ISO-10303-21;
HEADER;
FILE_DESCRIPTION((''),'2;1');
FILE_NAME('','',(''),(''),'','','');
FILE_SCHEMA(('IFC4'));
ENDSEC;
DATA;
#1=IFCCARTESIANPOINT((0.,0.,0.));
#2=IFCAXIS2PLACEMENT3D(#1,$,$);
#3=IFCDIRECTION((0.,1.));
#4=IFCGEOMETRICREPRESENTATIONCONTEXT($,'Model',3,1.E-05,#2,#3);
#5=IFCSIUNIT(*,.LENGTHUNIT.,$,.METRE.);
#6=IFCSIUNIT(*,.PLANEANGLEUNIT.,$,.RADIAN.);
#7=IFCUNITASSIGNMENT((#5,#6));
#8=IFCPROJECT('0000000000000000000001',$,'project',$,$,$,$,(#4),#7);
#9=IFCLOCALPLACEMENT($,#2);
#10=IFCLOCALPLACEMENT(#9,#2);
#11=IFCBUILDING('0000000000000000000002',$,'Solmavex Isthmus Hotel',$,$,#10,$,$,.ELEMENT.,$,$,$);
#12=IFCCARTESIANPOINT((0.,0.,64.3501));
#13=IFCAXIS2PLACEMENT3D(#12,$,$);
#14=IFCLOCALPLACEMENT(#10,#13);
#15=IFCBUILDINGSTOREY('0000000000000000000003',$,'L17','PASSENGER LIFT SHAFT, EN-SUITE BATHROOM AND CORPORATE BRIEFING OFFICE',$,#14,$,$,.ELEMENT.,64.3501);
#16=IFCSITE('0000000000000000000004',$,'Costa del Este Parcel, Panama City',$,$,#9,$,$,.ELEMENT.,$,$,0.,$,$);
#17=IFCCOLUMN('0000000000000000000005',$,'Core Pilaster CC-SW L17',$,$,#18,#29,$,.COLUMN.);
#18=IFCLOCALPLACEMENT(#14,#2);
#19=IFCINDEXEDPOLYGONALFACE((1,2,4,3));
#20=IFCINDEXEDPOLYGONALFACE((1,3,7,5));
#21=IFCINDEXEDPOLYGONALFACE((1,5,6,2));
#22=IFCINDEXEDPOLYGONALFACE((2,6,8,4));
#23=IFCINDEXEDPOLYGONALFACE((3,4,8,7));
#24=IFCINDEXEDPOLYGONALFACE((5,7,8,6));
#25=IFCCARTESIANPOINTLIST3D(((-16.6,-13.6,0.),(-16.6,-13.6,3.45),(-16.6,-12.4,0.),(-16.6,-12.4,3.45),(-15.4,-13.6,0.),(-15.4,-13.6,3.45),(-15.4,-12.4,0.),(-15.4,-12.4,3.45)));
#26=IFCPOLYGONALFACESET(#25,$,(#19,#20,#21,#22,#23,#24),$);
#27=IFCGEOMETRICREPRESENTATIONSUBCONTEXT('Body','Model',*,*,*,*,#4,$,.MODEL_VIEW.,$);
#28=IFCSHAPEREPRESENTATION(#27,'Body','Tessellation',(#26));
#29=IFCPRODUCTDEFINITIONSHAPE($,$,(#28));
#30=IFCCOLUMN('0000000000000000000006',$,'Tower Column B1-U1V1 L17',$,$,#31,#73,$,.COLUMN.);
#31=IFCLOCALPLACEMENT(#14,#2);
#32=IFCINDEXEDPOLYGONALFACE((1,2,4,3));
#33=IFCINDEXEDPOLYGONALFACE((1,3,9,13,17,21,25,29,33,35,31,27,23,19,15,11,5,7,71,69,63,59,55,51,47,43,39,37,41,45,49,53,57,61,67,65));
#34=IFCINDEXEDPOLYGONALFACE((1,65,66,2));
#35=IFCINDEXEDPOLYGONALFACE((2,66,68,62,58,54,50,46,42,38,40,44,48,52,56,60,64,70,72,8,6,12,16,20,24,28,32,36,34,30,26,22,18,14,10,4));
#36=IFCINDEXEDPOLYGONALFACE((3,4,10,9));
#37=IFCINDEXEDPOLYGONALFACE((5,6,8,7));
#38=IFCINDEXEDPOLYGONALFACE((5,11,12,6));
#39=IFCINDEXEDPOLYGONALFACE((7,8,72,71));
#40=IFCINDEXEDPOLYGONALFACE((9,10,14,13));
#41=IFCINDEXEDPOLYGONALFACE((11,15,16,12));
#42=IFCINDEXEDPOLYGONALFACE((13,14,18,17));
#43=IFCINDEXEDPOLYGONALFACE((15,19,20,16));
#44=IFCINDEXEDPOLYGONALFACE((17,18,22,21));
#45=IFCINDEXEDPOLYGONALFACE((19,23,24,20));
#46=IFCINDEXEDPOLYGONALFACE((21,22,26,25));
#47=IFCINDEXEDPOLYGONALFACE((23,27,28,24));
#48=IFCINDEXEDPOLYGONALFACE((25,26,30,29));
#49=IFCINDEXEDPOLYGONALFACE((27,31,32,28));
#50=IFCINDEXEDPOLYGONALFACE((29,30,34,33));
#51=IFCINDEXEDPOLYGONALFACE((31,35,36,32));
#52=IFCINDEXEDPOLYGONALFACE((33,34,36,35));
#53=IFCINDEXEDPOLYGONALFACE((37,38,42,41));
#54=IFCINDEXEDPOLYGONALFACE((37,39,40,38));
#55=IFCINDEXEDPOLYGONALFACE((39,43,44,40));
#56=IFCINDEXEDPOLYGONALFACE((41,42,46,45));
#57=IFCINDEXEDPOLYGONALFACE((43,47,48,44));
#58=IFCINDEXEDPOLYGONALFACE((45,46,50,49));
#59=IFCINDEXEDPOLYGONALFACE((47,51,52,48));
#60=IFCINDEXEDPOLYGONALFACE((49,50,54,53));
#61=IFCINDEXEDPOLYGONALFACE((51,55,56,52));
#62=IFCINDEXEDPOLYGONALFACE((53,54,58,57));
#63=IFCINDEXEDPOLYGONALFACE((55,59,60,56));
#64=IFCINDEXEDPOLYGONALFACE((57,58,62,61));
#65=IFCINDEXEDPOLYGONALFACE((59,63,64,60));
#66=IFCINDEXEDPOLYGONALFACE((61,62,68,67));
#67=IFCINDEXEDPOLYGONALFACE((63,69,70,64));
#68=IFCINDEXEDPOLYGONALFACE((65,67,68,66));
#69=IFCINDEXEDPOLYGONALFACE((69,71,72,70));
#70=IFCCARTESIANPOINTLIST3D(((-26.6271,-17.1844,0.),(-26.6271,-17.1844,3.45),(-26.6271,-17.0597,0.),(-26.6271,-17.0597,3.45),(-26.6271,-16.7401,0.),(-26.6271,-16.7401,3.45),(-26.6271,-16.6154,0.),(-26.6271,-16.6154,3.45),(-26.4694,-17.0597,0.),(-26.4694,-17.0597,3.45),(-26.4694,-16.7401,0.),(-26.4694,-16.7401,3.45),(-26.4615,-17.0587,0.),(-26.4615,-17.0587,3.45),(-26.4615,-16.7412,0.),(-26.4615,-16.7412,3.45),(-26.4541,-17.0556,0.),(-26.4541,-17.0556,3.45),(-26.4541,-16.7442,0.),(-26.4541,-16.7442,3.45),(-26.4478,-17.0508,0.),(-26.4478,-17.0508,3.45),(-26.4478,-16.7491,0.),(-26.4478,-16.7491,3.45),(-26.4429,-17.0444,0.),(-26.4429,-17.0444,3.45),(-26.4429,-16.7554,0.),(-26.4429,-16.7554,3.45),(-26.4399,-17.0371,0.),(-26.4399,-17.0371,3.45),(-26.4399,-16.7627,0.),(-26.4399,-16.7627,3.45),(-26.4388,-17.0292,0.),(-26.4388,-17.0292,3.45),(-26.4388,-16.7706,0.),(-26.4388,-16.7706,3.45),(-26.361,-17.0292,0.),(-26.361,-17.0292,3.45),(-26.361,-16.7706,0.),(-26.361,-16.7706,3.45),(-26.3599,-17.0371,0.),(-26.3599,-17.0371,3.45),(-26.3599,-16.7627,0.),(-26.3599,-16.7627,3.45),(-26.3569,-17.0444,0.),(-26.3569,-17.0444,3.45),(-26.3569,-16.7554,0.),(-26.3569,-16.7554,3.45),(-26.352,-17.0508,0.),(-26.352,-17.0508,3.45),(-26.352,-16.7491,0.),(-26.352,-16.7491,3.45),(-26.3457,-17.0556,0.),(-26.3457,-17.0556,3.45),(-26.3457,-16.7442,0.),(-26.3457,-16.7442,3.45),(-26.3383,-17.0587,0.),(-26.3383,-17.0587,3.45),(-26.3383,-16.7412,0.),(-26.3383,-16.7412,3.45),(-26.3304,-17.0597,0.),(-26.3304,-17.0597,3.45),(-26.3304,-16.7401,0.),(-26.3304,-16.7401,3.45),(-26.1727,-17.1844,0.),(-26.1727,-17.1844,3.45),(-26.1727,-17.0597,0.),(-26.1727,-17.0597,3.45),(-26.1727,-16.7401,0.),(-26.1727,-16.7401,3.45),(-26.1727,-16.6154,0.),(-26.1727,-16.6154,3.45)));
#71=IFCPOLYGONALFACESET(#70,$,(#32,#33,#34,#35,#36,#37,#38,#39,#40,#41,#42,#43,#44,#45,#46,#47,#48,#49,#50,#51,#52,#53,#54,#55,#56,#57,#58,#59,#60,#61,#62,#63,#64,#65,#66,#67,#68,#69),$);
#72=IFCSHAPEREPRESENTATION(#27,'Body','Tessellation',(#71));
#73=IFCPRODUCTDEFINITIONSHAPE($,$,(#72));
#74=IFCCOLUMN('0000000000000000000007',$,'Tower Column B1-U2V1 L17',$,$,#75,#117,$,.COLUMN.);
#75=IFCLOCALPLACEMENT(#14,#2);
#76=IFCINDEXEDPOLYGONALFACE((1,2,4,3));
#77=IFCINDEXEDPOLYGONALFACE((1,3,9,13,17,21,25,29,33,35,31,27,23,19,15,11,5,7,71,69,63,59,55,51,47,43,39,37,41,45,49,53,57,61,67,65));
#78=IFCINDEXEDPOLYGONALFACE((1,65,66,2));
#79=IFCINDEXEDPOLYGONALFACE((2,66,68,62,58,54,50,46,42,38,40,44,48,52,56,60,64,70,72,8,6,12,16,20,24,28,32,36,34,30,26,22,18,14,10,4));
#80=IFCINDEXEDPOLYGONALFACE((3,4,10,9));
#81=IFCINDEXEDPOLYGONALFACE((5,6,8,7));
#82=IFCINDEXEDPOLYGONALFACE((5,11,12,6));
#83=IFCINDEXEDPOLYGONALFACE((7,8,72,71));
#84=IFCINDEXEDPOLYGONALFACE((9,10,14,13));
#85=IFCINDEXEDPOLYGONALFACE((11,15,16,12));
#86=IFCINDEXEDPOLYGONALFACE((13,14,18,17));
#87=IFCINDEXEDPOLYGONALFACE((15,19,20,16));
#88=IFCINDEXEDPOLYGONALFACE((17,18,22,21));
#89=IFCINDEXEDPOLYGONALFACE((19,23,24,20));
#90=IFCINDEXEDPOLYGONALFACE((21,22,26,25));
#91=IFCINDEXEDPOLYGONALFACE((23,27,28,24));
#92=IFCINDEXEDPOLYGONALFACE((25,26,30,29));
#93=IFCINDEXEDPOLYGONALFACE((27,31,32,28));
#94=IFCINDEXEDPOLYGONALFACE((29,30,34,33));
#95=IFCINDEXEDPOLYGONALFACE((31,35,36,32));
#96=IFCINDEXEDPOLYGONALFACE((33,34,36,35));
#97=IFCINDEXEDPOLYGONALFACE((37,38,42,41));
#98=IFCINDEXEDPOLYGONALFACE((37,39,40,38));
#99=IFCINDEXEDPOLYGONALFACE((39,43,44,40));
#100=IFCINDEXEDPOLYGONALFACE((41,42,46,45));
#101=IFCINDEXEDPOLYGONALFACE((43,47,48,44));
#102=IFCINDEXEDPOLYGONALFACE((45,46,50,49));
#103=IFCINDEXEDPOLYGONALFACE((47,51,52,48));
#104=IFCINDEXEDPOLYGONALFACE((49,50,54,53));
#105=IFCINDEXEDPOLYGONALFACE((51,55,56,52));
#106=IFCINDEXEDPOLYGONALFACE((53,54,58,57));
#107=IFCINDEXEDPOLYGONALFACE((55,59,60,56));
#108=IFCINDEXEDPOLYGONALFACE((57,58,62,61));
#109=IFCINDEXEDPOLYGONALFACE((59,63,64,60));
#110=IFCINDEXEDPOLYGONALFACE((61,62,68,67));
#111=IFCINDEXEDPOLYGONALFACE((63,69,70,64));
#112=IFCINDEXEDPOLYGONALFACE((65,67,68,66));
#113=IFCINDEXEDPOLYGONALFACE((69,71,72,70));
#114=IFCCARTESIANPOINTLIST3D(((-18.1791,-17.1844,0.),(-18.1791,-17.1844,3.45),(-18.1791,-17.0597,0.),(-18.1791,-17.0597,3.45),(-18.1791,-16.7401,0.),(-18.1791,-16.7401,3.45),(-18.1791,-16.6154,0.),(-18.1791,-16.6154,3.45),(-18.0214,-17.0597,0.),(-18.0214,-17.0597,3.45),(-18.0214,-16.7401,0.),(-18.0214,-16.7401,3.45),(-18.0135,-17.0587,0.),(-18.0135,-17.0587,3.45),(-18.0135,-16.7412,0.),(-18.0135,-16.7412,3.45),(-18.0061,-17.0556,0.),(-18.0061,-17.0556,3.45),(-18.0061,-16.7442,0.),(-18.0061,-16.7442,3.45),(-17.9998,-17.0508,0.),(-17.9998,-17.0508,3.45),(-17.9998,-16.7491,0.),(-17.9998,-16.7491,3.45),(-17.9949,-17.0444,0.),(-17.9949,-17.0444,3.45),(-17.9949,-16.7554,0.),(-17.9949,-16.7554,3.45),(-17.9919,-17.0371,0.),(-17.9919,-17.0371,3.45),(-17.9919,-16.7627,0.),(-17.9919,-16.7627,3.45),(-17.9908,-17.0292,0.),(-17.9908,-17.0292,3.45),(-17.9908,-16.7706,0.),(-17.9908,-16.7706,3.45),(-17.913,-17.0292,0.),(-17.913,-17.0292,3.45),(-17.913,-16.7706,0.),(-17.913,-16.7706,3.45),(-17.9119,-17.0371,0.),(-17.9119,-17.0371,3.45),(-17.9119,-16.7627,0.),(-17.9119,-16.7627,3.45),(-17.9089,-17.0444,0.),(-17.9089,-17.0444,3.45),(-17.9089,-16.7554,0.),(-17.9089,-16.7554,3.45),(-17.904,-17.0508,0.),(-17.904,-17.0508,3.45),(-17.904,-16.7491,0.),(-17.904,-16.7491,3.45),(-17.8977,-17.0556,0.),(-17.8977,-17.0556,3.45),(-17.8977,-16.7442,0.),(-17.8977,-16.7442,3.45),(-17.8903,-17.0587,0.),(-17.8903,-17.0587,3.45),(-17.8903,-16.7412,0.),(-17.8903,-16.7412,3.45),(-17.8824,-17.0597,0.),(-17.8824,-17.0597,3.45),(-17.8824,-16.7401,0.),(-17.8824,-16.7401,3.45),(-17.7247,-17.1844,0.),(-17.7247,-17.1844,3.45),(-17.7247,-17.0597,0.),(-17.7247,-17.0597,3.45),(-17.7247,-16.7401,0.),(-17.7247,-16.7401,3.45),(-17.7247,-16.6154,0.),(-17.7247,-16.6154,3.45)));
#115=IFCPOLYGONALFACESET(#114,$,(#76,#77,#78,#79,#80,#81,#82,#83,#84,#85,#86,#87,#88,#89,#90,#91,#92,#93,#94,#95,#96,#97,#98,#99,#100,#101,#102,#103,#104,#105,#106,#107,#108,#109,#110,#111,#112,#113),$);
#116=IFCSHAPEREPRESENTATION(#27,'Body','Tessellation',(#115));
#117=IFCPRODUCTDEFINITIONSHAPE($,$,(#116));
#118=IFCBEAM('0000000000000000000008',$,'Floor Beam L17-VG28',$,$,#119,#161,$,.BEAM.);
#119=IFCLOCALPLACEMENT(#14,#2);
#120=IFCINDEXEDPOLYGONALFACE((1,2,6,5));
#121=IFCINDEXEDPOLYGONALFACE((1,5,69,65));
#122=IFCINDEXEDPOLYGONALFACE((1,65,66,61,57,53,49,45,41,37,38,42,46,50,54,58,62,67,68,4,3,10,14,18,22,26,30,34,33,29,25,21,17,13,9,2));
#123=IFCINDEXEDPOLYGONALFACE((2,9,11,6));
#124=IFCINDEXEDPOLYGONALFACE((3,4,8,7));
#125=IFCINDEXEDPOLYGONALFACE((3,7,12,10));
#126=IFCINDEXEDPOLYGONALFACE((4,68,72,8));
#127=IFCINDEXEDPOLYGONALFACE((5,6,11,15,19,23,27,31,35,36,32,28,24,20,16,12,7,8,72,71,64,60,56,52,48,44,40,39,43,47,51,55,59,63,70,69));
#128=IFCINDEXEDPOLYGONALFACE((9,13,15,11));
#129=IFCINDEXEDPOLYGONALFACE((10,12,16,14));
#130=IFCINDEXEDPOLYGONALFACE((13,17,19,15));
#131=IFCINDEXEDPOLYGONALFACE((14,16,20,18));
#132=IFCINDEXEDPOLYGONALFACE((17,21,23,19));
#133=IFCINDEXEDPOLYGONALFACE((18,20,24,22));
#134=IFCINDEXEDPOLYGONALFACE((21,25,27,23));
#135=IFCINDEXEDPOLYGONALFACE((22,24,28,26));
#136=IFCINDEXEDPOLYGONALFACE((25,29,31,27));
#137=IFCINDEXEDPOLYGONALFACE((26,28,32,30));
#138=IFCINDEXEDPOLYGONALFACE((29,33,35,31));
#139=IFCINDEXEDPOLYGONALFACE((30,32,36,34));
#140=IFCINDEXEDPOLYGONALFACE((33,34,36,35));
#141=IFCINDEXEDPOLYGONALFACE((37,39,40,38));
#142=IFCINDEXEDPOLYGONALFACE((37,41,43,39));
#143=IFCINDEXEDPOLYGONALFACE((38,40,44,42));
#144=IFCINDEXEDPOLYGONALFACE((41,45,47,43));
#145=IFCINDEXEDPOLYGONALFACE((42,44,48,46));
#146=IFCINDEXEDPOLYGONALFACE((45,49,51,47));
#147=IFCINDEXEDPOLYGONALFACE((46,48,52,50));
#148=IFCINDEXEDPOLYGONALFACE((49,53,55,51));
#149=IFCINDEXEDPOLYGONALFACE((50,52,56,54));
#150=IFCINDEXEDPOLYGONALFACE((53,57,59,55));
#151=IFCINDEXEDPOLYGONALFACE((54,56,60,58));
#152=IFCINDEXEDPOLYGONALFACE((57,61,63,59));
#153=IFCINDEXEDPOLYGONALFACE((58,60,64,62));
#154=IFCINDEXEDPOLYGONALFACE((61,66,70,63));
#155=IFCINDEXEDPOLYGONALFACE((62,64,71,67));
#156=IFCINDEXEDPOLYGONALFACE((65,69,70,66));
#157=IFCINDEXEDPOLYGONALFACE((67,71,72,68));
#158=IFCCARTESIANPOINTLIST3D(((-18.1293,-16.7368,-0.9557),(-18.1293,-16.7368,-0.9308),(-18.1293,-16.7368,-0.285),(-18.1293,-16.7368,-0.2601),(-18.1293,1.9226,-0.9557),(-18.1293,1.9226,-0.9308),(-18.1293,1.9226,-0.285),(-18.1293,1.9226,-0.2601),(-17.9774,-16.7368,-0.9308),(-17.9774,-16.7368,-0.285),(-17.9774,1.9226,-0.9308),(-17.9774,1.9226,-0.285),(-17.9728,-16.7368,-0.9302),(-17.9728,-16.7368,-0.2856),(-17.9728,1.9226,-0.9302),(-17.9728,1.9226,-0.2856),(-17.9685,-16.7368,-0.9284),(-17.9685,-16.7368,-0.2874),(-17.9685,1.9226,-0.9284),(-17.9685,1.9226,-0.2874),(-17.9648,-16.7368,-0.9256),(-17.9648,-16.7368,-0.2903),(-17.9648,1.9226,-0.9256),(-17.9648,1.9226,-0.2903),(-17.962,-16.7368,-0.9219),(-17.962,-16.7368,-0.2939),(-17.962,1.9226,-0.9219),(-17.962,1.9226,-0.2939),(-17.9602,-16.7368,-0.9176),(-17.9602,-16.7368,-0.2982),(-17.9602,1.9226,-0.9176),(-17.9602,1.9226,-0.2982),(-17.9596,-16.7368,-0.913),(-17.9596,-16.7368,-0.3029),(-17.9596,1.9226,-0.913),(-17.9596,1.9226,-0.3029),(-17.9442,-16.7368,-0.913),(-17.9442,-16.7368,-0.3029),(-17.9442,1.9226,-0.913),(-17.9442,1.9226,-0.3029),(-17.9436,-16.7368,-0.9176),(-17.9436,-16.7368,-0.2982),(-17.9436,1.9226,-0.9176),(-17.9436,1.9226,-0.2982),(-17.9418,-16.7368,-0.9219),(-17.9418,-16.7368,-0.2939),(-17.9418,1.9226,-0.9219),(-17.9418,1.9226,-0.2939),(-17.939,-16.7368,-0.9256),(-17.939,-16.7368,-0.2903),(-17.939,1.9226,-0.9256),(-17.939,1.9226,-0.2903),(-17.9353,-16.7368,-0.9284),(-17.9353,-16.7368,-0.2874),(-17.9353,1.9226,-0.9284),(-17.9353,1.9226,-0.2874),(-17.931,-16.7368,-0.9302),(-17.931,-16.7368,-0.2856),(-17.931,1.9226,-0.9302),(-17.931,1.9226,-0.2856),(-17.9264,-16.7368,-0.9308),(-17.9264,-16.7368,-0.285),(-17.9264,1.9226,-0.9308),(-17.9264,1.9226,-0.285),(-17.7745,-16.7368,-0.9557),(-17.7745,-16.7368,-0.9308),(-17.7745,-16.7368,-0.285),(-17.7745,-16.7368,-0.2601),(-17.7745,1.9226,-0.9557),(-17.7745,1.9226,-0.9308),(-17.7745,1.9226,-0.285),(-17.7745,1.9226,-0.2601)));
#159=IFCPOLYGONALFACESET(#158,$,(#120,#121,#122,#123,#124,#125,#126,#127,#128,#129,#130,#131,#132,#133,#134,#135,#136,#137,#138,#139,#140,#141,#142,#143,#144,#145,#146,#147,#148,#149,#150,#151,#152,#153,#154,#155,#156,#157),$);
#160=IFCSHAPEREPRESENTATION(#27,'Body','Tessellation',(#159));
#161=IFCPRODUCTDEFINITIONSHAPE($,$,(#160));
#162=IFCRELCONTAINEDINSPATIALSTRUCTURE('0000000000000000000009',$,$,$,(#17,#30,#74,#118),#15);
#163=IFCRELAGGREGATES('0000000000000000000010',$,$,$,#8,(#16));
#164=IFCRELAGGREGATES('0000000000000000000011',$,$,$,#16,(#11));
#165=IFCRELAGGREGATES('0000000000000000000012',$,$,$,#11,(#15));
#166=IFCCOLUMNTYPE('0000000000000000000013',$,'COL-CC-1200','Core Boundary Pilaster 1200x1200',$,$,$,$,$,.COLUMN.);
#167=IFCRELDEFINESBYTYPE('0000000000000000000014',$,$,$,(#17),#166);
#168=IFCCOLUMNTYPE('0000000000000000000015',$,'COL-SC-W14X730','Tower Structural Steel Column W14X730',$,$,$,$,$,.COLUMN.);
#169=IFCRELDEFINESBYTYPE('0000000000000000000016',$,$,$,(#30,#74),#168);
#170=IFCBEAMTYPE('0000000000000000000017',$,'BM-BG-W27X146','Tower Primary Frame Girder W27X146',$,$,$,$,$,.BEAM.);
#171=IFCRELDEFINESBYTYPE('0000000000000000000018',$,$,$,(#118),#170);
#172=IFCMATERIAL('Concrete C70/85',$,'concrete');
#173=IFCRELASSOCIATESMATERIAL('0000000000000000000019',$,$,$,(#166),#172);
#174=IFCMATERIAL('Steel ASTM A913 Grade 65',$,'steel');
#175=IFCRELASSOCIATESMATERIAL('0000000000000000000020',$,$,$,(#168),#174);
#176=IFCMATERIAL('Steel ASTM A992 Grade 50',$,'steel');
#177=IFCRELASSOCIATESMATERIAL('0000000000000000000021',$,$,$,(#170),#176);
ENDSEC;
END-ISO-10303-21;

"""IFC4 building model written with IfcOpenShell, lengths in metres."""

from ifc_helpers import new_model, si_unit, direction, frame, origin, origin_2d, place, context, subcontext, project, spatial, rectangle, i_section, extrude, material, material_profile, profile_set, type_object, element, save


model = new_model("IFC4")

# Units and contexts
model_context = context("Model", 3, precision=1e-05, world=origin(), true_north=direction((0.0, 1.0)))
body_context = subcontext(model_context, "Body", "Model", "MODEL_VIEW")
ifc_project = project(units=[si_unit("LENGTHUNIT", "METRE"), si_unit("PLANEANGLEUNIT", "RADIAN")], contexts=[model_context])

# Site, building, storey
site_placement = place(None, origin())
site = spatial("IfcSite", under=ifc_project, at=site_placement, Name="Costa del Este Parcel, Panama City", CompositionType="ELEMENT", RefElevation=0.0)
building_placement = place(site_placement, origin())
building = spatial("IfcBuilding", under=site, at=building_placement, Name="Solmavex Isthmus Hotel", CompositionType="ELEMENT")
storey_placement = place(building_placement, frame((0.0, 0.0, 64.3501)))
storey = spatial("IfcBuildingStorey", under=building, at=storey_placement, Name="L17", Description="PASSENGER LIFT SHAFT, EN-SUITE BATHROOM AND CORPORATE BRIEFING OFFICE", CompositionType="ELEMENT", Elevation=64.3501)

# Columns
ifc_material_1 = material(Name="Concrete C70/85", Category="concrete")
ifc_material_profile_1 = material_profile(ifc_material_1, rectangle(XDim=1.2, YDim=1.2, at=origin_2d()), Name="RC1200X1200")
ifc_profile_set_1 = profile_set([ifc_material_profile_1], Name="Concrete C70/85")
column_type_1 = type_object("IfcColumnType", Name="COL-CC-1200", Description="Core Boundary Pilaster 1200x1200", PredefinedType="COLUMN", material=ifc_profile_set_1)
column_placement = place(storey_placement, frame((-16.0, -13.0, 0.0), z_axis=(0.0, 0.0, 1.0), x_axis=(1.0, 0.0, 0.0)))
element("IfcColumn", 1, at=column_placement, inside=storey, type_object=column_type_1, Name="Core Pilaster CC-SW L17", PredefinedType="COLUMN", context=body_context, shape_type="SweptSolid", body=[
    extrude(rectangle(XDim=1.2, YDim=1.2, at=origin_2d()), origin(), (0.0, 0.0, 1.0), 3.45),
])
ifc_material_2 = material(Name="Steel ASTM A913 Grade 65", Category="steel")
ifc_material_profile_2 = material_profile(ifc_material_2, i_section(OverallWidth=0.4543, OverallDepth=0.5691, WebThickness=0.0779, FlangeThickness=0.1248, FilletRadius=0.0305, at=origin_2d()), Name="W14X730")
ifc_profile_set_2 = profile_set([ifc_material_profile_2], Name="Steel ASTM A913 Grade 65")
column_type_2 = type_object("IfcColumnType", Name="COL-SC-W14X730", Description="Tower Structural Steel Column W14X730", PredefinedType="COLUMN", material=ifc_profile_set_2)
for number, where, z_axis, x_axis, name in (
    (2, (-26.3999, -16.8999, 0.0), (0.0, 0.0, 1.0), (1.0, 0.0, 0.0), "Tower Column B1-U1V1 L17"),
    (3, (-17.9519, -16.8999, 0.0), (0.0, 0.0, 1.0), (1.0, 0.0, 0.0), "Tower Column B1-U2V1 L17"),
):
    element("IfcColumn", number, at=place(storey_placement, frame(where, z_axis=z_axis, x_axis=x_axis)), inside=storey, type_object=column_type_2, Name=name, PredefinedType="COLUMN", context=body_context, shape_type="SweptSolid", body=[
        extrude(i_section(OverallWidth=0.4543, OverallDepth=0.5691, WebThickness=0.0779, FlangeThickness=0.1248, FilletRadius=0.0305, at=origin_2d()), origin(), (0.0, 0.0, 1.0), 3.45),
    ])

# Beam
ifc_material_3 = material(Name="Steel ASTM A992 Grade 50", Category="steel")
ifc_material_profile_3 = material_profile(ifc_material_3, i_section(OverallWidth=0.3547, OverallDepth=0.6956, WebThickness=0.0154, FlangeThickness=0.0249, FilletRadius=0.0178, at=origin_2d()), Name="W27X146")
ifc_profile_set_3 = profile_set([ifc_material_profile_3], Name="Steel ASTM A992 Grade 50")
beam_type_1 = type_object("IfcBeamType", Name="BM-BG-W27X146", Description="Tower Primary Frame Girder W27X146", PredefinedType="BEAM", material=ifc_profile_set_3)
beam_1_placement = place(storey_placement, frame((-17.9519, -16.7368, -0.6079), z_axis=(0.0, 1.0, 0.0), x_axis=(-1.0, 0.0, 0.0)))
element("IfcBeam", 4, at=beam_1_placement, inside=storey, type_object=beam_type_1, Name="Floor Beam L17-VG28", PredefinedType="BEAM", context=body_context, shape_type="SweptSolid", body=[
    extrude(i_section(OverallWidth=0.3547, OverallDepth=0.6956, WebThickness=0.0154, FlangeThickness=0.0249, FilletRadius=0.0178, at=origin_2d()), origin(), (0.0, 0.0, 1.0), 18.6594),
])

save(model, "model.ifc")
